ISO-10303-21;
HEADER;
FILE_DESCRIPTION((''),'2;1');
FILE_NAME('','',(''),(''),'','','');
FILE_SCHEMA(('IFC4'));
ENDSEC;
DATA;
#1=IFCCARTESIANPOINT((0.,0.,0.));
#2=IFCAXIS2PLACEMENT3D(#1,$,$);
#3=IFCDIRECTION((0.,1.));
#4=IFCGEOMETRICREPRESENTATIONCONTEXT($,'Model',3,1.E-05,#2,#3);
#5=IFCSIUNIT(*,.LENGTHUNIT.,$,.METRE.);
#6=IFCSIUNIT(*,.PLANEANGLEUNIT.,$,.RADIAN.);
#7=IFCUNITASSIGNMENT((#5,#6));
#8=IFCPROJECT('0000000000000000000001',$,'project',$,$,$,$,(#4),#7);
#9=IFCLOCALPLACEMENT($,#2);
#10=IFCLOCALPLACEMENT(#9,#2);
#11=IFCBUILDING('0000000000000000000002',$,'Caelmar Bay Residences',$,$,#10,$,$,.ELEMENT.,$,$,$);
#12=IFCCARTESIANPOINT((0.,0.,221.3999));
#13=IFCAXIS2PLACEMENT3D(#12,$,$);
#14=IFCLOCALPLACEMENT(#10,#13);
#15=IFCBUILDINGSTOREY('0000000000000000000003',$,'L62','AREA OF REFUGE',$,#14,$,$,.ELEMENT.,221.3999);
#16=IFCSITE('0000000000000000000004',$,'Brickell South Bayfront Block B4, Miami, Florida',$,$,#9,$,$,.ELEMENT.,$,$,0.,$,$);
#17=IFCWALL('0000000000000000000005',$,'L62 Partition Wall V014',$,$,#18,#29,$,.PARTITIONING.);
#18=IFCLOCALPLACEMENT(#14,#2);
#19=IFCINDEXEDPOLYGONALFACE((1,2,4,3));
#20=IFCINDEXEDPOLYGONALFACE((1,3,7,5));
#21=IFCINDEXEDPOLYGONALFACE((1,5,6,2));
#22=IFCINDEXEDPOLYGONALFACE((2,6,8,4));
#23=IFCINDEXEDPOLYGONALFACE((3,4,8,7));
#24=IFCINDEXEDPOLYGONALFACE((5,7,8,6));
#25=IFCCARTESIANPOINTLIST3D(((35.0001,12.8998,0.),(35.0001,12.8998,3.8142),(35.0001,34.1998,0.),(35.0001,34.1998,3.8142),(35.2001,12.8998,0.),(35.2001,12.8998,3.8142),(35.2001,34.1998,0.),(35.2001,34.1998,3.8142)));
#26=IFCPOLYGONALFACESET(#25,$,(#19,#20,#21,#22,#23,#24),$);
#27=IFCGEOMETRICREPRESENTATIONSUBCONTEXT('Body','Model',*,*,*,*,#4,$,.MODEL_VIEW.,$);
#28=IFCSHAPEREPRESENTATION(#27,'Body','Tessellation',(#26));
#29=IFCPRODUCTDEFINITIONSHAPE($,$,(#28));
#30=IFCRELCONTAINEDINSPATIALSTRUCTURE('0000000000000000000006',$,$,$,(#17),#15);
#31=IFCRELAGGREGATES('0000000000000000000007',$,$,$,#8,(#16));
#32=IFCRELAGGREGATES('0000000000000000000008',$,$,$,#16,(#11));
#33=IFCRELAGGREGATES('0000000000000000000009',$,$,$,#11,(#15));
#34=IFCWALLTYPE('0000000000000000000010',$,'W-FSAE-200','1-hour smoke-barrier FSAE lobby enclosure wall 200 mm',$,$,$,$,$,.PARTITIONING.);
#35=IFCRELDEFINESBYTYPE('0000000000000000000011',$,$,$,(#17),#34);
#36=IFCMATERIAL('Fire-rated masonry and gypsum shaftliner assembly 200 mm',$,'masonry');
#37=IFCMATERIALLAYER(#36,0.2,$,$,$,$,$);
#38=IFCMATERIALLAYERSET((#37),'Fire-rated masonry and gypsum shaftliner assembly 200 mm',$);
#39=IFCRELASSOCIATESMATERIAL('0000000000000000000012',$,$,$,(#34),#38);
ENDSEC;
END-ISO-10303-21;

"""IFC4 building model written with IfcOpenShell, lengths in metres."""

from ifc_helpers import new_model, si_unit, direction, frame, frame_2d, origin, place, context, subcontext, project, spatial, rectangle, extrude, material, layer, layer_set, type_object, element, save


model = new_model("IFC4")

# Units and contexts
model_context = context("Model", 3, precision=1e-05, world=origin(), true_north=direction((0.0, 1.0)))
body_context = subcontext(model_context, "Body", "Model", "MODEL_VIEW")
ifc_project = project(units=[si_unit("LENGTHUNIT", "METRE"), si_unit("PLANEANGLEUNIT", "RADIAN")], contexts=[model_context])

# Site, building, storey
site_placement = place(None, origin())
site = spatial("IfcSite", under=ifc_project, at=site_placement, Name="Brickell South Bayfront Block B4, Miami, Florida", CompositionType="ELEMENT", RefElevation=0.0)
building_placement = place(site_placement, origin())
building = spatial("IfcBuilding", under=site, at=building_placement, Name="Caelmar Bay Residences", CompositionType="ELEMENT")
storey_placement = place(building_placement, frame((0.0, 0.0, 221.3999)))
storey = spatial("IfcBuildingStorey", under=building, at=storey_placement, Name="L62", Description="AREA OF REFUGE", CompositionType="ELEMENT", Elevation=221.3999)

# Wall
ifc_material_1 = material(Name="Fire-rated masonry and gypsum shaftliner assembly 200 mm", Category="masonry")
ifc_layer_1 = layer(ifc_material_1, 0.2)
ifc_layer_set_1 = layer_set([ifc_layer_1], Name="Fire-rated masonry and gypsum shaftliner assembly 200 mm")
wall_type_1 = type_object("IfcWallType", Name="W-FSAE-200", Description="1-hour smoke-barrier FSAE lobby enclosure wall 200 mm", PredefinedType="PARTITIONING", material=ifc_layer_set_1)
wall_1_placement = place(storey_placement, frame((35.1001, 12.8999, 0.0), z_axis=(0.0, 0.0, 1.0), x_axis=(0.0, 1.0, 0.0)))
element("IfcWall", 1, at=wall_1_placement, inside=storey, type_object=wall_type_1, Name="L62 Partition Wall V014", PredefinedType="PARTITIONING", context=body_context, shape_type="SweptSolid", body=[
    extrude(rectangle(XDim=21.3, YDim=0.2, at=frame_2d((10.6499, 0.0))), origin(), (0.0, 0.0, 1.0), 3.8142),
])

save(model, "model.ifc")
